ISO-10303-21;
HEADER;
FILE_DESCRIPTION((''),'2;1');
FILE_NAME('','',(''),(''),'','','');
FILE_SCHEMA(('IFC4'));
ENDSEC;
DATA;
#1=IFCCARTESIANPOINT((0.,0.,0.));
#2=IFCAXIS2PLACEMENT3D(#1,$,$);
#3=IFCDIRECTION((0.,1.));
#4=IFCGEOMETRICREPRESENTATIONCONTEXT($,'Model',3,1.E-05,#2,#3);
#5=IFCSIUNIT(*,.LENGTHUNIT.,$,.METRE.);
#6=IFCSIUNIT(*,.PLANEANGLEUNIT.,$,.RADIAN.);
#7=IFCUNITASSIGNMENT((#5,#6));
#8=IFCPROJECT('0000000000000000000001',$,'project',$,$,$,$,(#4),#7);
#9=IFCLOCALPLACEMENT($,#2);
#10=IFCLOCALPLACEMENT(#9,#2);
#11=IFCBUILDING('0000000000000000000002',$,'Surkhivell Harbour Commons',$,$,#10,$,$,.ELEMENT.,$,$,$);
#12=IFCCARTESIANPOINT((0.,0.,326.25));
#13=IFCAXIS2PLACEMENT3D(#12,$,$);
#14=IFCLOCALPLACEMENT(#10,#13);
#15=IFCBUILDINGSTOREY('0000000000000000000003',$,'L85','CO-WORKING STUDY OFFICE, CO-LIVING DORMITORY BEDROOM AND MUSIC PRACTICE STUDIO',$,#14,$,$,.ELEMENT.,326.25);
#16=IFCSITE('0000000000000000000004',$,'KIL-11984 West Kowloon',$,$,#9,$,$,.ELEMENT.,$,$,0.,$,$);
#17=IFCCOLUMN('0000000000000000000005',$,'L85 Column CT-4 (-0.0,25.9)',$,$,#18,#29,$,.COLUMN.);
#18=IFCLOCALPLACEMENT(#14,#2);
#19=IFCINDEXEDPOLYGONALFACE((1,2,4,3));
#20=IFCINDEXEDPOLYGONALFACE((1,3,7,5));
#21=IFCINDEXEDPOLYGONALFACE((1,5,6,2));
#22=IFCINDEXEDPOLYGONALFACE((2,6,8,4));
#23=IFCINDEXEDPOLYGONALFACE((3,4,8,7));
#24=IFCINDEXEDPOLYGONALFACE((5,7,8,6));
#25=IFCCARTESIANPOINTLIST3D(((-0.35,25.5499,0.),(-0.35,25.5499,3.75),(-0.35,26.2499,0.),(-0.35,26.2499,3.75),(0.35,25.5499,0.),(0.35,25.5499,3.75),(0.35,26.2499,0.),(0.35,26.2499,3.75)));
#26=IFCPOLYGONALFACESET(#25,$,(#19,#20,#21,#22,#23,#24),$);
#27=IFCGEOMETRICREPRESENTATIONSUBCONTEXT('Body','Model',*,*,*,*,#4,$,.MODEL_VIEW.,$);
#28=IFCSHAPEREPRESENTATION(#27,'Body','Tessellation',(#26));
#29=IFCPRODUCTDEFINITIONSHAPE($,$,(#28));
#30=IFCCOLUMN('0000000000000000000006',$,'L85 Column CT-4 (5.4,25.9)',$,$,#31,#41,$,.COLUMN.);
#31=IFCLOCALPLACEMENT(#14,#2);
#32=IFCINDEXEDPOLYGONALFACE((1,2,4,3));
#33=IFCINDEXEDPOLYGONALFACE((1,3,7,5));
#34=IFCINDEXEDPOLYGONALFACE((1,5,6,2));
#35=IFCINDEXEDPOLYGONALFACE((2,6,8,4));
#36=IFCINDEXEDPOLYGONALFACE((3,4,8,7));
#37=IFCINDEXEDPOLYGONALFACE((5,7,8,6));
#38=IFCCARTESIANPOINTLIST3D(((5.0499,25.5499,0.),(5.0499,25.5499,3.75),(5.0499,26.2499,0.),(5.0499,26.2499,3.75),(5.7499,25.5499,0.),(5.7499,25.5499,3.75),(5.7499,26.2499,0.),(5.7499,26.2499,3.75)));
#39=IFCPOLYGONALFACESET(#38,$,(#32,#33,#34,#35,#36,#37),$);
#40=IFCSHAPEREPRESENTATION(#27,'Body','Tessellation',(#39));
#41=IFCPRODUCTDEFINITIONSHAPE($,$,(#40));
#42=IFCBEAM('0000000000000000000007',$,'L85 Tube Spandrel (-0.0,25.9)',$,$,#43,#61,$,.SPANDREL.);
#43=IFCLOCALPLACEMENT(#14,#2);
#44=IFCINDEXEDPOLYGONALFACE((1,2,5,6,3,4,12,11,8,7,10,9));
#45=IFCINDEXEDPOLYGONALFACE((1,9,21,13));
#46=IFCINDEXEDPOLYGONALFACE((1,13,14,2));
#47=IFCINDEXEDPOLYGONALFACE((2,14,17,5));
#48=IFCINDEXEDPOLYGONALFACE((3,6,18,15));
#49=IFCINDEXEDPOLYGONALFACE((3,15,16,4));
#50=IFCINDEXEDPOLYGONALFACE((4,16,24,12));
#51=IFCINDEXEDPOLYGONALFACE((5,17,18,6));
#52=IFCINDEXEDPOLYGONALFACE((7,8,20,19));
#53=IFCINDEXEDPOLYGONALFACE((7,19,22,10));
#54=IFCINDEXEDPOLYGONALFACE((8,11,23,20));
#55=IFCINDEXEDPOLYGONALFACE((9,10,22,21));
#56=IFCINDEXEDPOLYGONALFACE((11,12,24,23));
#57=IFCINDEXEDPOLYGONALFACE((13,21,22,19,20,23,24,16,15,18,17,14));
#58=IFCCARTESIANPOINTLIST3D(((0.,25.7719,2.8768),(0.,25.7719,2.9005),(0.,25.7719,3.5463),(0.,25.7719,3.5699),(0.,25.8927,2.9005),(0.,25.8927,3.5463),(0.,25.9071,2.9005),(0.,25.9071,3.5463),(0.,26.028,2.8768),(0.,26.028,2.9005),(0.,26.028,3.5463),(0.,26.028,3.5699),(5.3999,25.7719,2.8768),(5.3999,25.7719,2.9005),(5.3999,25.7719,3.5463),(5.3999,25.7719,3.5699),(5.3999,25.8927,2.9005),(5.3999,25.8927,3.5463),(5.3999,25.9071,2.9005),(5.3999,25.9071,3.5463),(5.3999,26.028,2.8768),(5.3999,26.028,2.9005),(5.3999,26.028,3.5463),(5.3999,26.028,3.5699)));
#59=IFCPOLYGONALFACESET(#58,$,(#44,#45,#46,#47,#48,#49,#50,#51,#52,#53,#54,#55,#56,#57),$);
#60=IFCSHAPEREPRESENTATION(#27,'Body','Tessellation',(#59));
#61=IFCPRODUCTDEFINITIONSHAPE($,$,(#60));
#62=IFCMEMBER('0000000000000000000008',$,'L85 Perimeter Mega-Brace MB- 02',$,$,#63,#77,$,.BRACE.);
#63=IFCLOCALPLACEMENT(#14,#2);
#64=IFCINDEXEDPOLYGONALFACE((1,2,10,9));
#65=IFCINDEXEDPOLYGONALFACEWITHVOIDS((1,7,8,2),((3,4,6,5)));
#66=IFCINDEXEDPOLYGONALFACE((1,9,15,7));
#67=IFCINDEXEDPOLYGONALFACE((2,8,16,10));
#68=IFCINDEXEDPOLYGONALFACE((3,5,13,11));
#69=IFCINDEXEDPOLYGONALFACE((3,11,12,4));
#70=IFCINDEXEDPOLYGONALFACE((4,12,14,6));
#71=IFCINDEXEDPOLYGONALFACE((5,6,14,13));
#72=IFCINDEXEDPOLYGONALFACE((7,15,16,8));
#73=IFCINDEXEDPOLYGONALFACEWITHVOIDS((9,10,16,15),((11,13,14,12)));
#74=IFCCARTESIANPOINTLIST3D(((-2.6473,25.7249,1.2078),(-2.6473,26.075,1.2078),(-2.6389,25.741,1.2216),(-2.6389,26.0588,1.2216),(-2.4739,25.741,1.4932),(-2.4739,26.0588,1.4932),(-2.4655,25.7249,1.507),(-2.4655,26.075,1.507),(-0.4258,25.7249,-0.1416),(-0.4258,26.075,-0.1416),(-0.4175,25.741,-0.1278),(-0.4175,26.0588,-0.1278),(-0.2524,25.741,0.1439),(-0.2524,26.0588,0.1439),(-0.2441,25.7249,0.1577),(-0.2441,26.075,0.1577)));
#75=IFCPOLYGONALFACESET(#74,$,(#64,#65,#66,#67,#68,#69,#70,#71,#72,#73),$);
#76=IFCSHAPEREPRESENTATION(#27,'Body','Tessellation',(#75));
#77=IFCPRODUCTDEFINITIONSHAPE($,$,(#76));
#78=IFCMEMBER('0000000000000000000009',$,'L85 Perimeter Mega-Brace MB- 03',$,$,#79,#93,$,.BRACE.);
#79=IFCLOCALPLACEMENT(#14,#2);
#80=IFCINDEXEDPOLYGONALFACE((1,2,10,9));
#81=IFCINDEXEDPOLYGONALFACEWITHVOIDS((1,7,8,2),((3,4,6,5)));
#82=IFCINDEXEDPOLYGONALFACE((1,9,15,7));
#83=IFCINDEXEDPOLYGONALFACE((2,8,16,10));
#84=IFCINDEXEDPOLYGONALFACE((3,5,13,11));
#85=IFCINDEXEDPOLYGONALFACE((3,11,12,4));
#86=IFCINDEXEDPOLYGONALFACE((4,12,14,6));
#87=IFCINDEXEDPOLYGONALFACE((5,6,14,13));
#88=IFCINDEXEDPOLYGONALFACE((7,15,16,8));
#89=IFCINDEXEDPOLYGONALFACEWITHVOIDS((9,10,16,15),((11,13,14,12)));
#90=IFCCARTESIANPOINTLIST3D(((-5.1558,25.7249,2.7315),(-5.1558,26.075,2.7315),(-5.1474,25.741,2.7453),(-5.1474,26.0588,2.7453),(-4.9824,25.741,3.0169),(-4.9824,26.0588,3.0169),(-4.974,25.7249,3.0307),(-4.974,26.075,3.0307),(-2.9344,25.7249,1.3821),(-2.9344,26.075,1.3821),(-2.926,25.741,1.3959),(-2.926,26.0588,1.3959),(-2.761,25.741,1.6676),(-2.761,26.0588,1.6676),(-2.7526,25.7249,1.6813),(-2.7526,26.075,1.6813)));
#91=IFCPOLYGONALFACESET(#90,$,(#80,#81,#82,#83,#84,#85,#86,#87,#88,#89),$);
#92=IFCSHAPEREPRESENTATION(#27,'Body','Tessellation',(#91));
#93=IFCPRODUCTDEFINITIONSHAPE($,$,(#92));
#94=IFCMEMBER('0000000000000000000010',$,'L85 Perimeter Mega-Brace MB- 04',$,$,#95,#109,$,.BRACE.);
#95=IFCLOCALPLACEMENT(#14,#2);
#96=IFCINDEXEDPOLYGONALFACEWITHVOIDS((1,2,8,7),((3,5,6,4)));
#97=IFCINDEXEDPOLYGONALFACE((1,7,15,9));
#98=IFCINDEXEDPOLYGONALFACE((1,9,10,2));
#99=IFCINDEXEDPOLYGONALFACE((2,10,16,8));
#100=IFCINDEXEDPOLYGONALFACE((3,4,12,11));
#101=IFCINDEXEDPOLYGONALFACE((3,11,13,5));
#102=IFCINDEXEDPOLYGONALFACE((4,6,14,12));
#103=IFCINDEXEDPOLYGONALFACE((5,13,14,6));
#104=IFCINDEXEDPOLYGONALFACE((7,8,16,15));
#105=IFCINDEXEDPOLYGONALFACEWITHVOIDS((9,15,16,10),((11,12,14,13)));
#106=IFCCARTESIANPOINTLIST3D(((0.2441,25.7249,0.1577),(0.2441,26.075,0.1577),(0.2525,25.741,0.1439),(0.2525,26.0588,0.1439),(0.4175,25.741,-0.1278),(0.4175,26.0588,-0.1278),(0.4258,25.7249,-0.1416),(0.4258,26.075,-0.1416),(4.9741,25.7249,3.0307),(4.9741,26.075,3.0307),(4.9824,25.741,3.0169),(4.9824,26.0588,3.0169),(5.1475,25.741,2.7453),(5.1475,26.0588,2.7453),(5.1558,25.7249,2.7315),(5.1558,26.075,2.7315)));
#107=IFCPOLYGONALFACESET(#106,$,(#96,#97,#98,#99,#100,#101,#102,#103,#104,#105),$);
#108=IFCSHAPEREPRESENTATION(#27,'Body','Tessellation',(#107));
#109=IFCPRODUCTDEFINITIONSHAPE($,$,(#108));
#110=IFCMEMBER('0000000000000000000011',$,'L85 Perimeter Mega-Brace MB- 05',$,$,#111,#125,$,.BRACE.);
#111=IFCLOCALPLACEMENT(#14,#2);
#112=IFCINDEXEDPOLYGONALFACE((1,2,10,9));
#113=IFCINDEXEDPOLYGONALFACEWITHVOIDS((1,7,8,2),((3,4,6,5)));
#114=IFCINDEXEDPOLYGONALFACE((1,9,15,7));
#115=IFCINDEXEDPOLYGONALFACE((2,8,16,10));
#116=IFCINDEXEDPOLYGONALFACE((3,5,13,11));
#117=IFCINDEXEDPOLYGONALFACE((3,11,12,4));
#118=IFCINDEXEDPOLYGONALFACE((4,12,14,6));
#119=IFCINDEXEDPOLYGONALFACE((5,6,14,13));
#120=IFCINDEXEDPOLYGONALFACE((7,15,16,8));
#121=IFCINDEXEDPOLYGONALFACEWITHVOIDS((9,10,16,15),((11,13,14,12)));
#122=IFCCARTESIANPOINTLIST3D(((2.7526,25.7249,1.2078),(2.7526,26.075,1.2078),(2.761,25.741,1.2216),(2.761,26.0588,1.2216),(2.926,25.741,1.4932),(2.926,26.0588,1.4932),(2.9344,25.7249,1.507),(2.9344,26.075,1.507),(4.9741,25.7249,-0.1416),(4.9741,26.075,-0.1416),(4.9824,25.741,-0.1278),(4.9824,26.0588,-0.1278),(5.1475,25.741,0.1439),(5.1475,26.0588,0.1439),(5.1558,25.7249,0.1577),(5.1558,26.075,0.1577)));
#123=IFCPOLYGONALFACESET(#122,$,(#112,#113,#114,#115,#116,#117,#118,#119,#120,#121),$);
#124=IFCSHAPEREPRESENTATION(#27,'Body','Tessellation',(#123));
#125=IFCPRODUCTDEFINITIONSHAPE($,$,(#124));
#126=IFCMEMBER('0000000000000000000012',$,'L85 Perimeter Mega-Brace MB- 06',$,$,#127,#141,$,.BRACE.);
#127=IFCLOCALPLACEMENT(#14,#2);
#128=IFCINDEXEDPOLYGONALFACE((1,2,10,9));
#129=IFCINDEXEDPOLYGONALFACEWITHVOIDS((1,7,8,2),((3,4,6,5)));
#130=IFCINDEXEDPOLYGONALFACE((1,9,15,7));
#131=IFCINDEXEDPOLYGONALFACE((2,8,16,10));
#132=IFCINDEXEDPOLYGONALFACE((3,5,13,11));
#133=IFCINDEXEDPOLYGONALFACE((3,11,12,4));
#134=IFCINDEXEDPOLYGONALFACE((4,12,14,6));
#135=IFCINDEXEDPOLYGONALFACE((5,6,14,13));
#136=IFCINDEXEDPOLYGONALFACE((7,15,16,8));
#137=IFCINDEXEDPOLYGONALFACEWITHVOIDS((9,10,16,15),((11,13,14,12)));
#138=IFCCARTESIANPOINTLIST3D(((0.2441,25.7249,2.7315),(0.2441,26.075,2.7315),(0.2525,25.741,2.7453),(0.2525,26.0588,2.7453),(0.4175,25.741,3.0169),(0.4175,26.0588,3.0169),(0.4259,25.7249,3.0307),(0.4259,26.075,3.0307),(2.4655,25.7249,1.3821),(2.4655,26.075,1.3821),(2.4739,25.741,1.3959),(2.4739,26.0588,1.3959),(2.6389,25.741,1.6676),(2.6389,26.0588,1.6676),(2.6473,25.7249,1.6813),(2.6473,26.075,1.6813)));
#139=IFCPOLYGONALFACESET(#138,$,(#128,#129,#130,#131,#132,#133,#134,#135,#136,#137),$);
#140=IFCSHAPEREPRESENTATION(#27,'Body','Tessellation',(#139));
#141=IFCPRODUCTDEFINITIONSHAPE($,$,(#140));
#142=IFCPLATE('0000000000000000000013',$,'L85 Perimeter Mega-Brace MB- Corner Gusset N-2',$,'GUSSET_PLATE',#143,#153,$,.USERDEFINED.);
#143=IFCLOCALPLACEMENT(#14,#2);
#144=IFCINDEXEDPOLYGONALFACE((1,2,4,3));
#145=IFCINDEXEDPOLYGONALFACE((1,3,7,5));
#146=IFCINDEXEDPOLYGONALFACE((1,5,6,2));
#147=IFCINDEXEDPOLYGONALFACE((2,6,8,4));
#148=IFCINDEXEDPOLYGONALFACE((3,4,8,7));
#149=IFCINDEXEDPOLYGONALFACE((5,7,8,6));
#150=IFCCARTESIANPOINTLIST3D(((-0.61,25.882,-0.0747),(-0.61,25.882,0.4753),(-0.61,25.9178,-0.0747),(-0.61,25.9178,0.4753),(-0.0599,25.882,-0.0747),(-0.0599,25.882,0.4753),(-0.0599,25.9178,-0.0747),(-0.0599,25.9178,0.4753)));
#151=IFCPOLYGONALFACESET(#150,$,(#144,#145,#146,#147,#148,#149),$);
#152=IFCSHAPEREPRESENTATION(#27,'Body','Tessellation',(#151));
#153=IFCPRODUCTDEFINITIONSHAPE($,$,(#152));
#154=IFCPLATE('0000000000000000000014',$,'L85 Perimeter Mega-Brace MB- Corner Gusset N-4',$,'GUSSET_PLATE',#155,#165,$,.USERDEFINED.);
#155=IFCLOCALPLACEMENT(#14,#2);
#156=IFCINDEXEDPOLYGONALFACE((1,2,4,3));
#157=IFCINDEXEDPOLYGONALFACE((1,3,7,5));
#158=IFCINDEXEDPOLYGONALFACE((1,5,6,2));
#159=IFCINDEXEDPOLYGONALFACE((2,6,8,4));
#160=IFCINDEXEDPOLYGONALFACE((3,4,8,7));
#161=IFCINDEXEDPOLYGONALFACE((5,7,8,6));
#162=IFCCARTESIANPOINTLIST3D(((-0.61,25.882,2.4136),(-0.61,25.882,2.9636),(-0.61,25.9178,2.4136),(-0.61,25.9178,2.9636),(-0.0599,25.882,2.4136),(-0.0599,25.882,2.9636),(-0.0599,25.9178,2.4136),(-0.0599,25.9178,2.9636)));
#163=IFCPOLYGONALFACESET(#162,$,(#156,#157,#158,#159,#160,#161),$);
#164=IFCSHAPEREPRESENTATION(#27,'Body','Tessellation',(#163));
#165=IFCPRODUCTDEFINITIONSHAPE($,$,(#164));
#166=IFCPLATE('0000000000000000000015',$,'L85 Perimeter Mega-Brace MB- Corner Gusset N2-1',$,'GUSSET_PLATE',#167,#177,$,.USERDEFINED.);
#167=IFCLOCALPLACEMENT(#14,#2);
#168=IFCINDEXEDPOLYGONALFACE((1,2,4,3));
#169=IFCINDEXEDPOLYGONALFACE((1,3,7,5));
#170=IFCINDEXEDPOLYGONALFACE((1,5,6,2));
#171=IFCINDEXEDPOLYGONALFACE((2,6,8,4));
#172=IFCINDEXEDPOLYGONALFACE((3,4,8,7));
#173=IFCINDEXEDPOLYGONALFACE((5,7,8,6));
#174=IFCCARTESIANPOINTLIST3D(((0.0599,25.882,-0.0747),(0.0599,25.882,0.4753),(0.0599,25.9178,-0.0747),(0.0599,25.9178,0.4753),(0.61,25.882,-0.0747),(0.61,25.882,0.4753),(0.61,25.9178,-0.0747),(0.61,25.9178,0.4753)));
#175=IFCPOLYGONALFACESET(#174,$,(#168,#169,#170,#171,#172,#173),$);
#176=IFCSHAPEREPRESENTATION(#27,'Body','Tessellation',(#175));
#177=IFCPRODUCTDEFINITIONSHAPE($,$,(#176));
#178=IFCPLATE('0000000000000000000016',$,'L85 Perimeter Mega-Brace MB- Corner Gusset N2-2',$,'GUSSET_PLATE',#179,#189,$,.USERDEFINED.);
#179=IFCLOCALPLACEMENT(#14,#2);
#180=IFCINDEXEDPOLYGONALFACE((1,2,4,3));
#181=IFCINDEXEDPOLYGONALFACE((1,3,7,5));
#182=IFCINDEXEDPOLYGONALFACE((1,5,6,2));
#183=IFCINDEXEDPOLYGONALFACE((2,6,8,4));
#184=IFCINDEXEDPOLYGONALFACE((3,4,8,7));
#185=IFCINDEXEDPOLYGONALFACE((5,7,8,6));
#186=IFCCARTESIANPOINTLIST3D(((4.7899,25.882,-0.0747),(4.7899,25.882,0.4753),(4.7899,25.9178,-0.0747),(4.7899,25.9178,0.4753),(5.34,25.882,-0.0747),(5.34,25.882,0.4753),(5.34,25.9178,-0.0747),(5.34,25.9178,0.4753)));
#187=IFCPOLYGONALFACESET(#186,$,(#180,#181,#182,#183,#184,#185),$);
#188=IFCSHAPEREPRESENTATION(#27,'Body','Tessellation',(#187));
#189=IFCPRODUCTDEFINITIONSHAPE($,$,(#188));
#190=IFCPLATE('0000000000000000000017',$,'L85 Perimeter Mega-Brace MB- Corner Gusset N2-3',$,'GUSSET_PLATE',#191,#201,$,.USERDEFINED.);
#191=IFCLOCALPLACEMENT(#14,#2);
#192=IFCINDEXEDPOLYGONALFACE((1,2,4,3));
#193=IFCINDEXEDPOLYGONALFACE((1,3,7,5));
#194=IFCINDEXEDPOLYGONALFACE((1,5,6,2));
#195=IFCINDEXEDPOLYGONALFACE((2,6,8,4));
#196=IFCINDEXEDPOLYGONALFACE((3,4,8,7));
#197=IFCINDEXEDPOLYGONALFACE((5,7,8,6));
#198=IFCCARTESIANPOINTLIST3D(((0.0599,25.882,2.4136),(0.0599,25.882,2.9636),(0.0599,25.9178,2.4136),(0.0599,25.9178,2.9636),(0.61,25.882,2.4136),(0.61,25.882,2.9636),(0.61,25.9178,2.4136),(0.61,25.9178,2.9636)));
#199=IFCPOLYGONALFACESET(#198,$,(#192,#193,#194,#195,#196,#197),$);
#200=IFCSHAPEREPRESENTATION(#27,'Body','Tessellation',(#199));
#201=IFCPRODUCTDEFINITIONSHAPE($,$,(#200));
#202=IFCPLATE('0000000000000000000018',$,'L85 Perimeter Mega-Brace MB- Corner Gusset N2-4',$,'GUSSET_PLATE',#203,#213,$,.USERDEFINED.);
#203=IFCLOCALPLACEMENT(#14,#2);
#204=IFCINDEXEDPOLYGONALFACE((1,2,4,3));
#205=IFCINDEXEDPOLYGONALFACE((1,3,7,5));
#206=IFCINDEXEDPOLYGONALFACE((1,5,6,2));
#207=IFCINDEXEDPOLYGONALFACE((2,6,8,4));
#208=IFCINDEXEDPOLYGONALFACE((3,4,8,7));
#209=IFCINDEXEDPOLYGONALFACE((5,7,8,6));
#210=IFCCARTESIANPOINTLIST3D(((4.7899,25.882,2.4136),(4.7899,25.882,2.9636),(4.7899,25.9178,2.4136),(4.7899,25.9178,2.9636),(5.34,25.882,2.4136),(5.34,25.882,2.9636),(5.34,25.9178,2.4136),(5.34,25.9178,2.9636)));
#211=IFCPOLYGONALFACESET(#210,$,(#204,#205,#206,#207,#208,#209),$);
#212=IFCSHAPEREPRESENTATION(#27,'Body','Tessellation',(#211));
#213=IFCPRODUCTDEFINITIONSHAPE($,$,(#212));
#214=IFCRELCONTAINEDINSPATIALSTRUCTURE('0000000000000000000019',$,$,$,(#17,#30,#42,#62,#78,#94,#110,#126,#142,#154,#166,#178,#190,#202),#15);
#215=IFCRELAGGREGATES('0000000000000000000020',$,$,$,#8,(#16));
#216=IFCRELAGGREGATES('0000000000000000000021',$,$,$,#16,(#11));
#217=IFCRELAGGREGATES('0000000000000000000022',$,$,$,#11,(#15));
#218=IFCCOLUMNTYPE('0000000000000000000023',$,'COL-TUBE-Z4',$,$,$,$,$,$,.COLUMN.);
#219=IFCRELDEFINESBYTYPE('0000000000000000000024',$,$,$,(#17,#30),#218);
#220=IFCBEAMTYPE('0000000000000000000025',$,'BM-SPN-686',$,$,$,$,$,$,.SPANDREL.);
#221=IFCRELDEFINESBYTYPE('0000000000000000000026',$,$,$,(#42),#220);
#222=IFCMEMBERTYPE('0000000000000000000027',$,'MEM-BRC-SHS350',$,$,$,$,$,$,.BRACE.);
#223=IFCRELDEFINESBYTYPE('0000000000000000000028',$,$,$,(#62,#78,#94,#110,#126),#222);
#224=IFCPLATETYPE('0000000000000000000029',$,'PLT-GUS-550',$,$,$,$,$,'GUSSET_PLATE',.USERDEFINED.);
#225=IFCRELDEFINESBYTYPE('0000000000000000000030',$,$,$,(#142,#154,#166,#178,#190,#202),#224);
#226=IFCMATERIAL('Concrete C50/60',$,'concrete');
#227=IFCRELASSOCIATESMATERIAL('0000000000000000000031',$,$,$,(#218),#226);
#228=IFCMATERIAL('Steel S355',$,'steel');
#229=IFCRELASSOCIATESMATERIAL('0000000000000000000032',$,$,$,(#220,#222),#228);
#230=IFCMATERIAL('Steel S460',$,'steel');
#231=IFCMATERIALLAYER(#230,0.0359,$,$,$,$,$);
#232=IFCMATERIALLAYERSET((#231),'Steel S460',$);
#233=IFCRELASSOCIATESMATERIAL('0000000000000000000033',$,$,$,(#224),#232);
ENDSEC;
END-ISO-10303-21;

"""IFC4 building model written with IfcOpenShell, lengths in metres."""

from ifc_helpers import new_model, si_unit, direction, frame, origin, origin_2d, place, context, subcontext, project, spatial, rectangle, hollow_rectangle, i_section, extrude, material, layer, layer_set, material_profile, profile_set, type_object, element, save


model = new_model("IFC4")

# Units and contexts
model_context = context("Model", 3, precision=1e-05, world=origin(), true_north=direction((0.0, 1.0)))
body_context = subcontext(model_context, "Body", "Model", "MODEL_VIEW")
ifc_project = project(units=[si_unit("LENGTHUNIT", "METRE"), si_unit("PLANEANGLEUNIT", "RADIAN")], contexts=[model_context])

# Site, building, storey
site_placement = place(None, origin())
site = spatial("IfcSite", under=ifc_project, at=site_placement, Name="KIL-11984 West Kowloon", CompositionType="ELEMENT", RefElevation=0.0)
building_placement = place(site_placement, origin())
building = spatial("IfcBuilding", under=site, at=building_placement, Name="Surkhivell Harbour Commons", CompositionType="ELEMENT")
storey_placement = place(building_placement, frame((0.0, 0.0, 326.25)))
storey = spatial("IfcBuildingStorey", under=building, at=storey_placement, Name="L85", Description="CO-WORKING STUDY OFFICE, CO-LIVING DORMITORY BEDROOM AND MUSIC PRACTICE STUDIO", CompositionType="ELEMENT", Elevation=326.25)

# Columns
ifc_material_1 = material(Name="Concrete C50/60", Category="concrete")
ifc_material_profile_1 = material_profile(ifc_material_1, rectangle(XDim=0.7, YDim=0.7, at=origin_2d()), Name="RC-COL-700x700")
ifc_profile_set_1 = profile_set([ifc_material_profile_1], Name="Concrete C50/60")
column_type = type_object("IfcColumnType", Name="COL-TUBE-Z4", PredefinedType="COLUMN", material=ifc_profile_set_1)
for number, where, z_axis, x_axis, name in (
    (1, (0.0, 25.8999, 0.0), (0.0, 0.0, 1.0), (1.0, 0.0, 0.0), "L85 Column CT-4 (-0.0,25.9)"),
    (2, (5.3999, 25.8999, 0.0), (0.0, 0.0, 1.0), (1.0, 0.0, 0.0), "L85 Column CT-4 (5.4,25.9)"),
):
    element("IfcColumn", number, at=place(storey_placement, frame(where, z_axis=z_axis, x_axis=x_axis)), inside=storey, type_object=column_type, Name=name, PredefinedType="COLUMN", context=body_context, shape_type="SweptSolid", body=[
        extrude(rectangle(XDim=0.7, YDim=0.7, at=origin_2d()), origin(), (0.0, 0.0, 1.0), 3.75),
    ])

# Beam
ifc_material_2 = material(Name="Steel S355", Category="steel")
ifc_material_profile_2 = material_profile(ifc_material_2, i_section(OverallWidth=0.2561, OverallDepth=0.6931, WebThickness=0.0144, FlangeThickness=0.0237, at=origin_2d()), Name="UB686x254x170")
ifc_profile_set_2 = profile_set([ifc_material_profile_2], Name="Steel S355")
beam_type = type_object("IfcBeamType", Name="BM-SPN-686", PredefinedType="SPANDREL", material=ifc_profile_set_2)
beam_placement = place(storey_placement, frame((0.0, 25.8999, 3.2234), z_axis=(1.0, 0.0, 0.0), x_axis=(0.0, 1.0, 0.0)))
element("IfcBeam", 3, at=beam_placement, inside=storey, type_object=beam_type, Name="L85 Tube Spandrel (-0.0,25.9)", PredefinedType="SPANDREL", context=body_context, shape_type="SweptSolid", body=[
    extrude(i_section(OverallWidth=0.2561, OverallDepth=0.6931, WebThickness=0.0144, FlangeThickness=0.0237, at=origin_2d()), origin(), (0.0, 0.0, 1.0), 5.3999),
])

# Members
ifc_material_profile_3 = material_profile(ifc_material_2, hollow_rectangle(XDim=0.3501, YDim=0.3501, WallThickness=0.0161, at=origin_2d()), Name="SHS350x350x16")
ifc_profile_set_3 = profile_set([ifc_material_profile_3], Name="Steel S355")
member_type = type_object("IfcMemberType", Name="MEM-BRC-SHS350", PredefinedType="BRACE", material=ifc_profile_set_3)
for number, where, z_axis, x_axis, name in (
    (4, (-0.335, 25.8999, 0.0081), (-0.854679, 0.0, 0.519157), (0.0, -1.0, 0.0), "L85 Perimeter Mega-Brace MB- 02"),
    (5, (-2.8435, 25.8999, 1.5317), (-0.854679, 0.0, 0.519157), (0.0, -1.0, 0.0), "L85 Perimeter Mega-Brace MB- 03"),
):
    element("IfcMember", number, at=place(storey_placement, frame(where, z_axis=z_axis, x_axis=x_axis)), inside=storey, type_object=member_type, Name=name, PredefinedType="BRACE", context=body_context, shape_type="SweptSolid", body=[
        extrude(hollow_rectangle(XDim=0.3501, YDim=0.3501, WallThickness=0.0161, at=origin_2d()), origin(), (0.0, 0.0, 1.0), 2.5991),
    ])
member_placement = place(storey_placement, frame((0.335, 25.8999, 0.0081), z_axis=(0.854685, 0.0, 0.519146), x_axis=(0.0, 1.0, 0.0)))
element("IfcMember", 6, at=member_placement, inside=storey, type_object=member_type, Name="L85 Perimeter Mega-Brace MB- 04", PredefinedType="BRACE", context=body_context, shape_type="SweptSolid", body=[
    extrude(hollow_rectangle(XDim=0.3501, YDim=0.3501, WallThickness=0.0161, at=origin_2d()), origin(), (0.0, 0.0, 1.0), 5.5342),
])
for number, where, z_axis, x_axis, name in (
    (7, (5.0649, 25.8999, 0.0081), (-0.854679, 0.0, 0.519157), (0.0, -1.0, 0.0), "L85 Perimeter Mega-Brace MB- 05"),
    (8, (2.5564, 25.8999, 1.5317), (-0.854679, 0.0, 0.519157), (0.0, -1.0, 0.0), "L85 Perimeter Mega-Brace MB- 06"),
):
    element("IfcMember", number, at=place(storey_placement, frame(where, z_axis=z_axis, x_axis=x_axis)), inside=storey, type_object=member_type, Name=name, PredefinedType="BRACE", context=body_context, shape_type="SweptSolid", body=[
        extrude(hollow_rectangle(XDim=0.3501, YDim=0.3501, WallThickness=0.0161, at=origin_2d()), origin(), (0.0, 0.0, 1.0), 2.5991),
    ])

# Plates
ifc_material_3 = material(Name="Steel S460", Category="steel")
ifc_layer_1 = layer(ifc_material_3, 0.0359)
ifc_layer_set_1 = layer_set([ifc_layer_1], Name="Steel S460")
plate_type_1 = type_object("IfcPlateType", Name="PLT-GUS-550", ElementType="GUSSET_PLATE", PredefinedType="USERDEFINED", material=ifc_layer_set_1)
for number, where, z_axis, x_axis, name in (
    (9, (-0.335, 25.8999, -0.0747), (0.0, 0.0, 1.0), (1.0, 0.0, 0.0), "L85 Perimeter Mega-Brace MB- Corner Gusset N-2"),
    (10, (-0.335, 25.8999, 2.4136), (0.0, 0.0, 1.0), (1.0, 0.0, 0.0), "L85 Perimeter Mega-Brace MB- Corner Gusset N-4"),
    (11, (0.335, 25.8999, -0.0747), (0.0, 0.0, 1.0), (1.0, 0.0, 0.0), "L85 Perimeter Mega-Brace MB- Corner Gusset N2-1"),
    (12, (5.0649, 25.8999, -0.0747), (0.0, 0.0, 1.0), (1.0, 0.0, 0.0), "L85 Perimeter Mega-Brace MB- Corner Gusset N2-2"),
    (13, (0.335, 25.8999, 2.4136), (0.0, 0.0, 1.0), (1.0, 0.0, 0.0), "L85 Perimeter Mega-Brace MB- Corner Gusset N2-3"),
    (14, (5.0649, 25.8999, 2.4136), (0.0, 0.0, 1.0), (1.0, 0.0, 0.0), "L85 Perimeter Mega-Brace MB- Corner Gusset N2-4"),
):
    element("IfcPlate", number, at=place(storey_placement, frame(where, z_axis=z_axis, x_axis=x_axis)), inside=storey, type_object=plate_type_1, Name=name, ObjectType="GUSSET_PLATE", PredefinedType="USERDEFINED", context=body_context, shape_type="SweptSolid", body=[
        extrude(rectangle(XDim=0.55, YDim=0.0359, at=origin_2d()), origin(), (0.0, 0.0, 1.0), 0.55),
    ])

save(model, "model.ifc")
